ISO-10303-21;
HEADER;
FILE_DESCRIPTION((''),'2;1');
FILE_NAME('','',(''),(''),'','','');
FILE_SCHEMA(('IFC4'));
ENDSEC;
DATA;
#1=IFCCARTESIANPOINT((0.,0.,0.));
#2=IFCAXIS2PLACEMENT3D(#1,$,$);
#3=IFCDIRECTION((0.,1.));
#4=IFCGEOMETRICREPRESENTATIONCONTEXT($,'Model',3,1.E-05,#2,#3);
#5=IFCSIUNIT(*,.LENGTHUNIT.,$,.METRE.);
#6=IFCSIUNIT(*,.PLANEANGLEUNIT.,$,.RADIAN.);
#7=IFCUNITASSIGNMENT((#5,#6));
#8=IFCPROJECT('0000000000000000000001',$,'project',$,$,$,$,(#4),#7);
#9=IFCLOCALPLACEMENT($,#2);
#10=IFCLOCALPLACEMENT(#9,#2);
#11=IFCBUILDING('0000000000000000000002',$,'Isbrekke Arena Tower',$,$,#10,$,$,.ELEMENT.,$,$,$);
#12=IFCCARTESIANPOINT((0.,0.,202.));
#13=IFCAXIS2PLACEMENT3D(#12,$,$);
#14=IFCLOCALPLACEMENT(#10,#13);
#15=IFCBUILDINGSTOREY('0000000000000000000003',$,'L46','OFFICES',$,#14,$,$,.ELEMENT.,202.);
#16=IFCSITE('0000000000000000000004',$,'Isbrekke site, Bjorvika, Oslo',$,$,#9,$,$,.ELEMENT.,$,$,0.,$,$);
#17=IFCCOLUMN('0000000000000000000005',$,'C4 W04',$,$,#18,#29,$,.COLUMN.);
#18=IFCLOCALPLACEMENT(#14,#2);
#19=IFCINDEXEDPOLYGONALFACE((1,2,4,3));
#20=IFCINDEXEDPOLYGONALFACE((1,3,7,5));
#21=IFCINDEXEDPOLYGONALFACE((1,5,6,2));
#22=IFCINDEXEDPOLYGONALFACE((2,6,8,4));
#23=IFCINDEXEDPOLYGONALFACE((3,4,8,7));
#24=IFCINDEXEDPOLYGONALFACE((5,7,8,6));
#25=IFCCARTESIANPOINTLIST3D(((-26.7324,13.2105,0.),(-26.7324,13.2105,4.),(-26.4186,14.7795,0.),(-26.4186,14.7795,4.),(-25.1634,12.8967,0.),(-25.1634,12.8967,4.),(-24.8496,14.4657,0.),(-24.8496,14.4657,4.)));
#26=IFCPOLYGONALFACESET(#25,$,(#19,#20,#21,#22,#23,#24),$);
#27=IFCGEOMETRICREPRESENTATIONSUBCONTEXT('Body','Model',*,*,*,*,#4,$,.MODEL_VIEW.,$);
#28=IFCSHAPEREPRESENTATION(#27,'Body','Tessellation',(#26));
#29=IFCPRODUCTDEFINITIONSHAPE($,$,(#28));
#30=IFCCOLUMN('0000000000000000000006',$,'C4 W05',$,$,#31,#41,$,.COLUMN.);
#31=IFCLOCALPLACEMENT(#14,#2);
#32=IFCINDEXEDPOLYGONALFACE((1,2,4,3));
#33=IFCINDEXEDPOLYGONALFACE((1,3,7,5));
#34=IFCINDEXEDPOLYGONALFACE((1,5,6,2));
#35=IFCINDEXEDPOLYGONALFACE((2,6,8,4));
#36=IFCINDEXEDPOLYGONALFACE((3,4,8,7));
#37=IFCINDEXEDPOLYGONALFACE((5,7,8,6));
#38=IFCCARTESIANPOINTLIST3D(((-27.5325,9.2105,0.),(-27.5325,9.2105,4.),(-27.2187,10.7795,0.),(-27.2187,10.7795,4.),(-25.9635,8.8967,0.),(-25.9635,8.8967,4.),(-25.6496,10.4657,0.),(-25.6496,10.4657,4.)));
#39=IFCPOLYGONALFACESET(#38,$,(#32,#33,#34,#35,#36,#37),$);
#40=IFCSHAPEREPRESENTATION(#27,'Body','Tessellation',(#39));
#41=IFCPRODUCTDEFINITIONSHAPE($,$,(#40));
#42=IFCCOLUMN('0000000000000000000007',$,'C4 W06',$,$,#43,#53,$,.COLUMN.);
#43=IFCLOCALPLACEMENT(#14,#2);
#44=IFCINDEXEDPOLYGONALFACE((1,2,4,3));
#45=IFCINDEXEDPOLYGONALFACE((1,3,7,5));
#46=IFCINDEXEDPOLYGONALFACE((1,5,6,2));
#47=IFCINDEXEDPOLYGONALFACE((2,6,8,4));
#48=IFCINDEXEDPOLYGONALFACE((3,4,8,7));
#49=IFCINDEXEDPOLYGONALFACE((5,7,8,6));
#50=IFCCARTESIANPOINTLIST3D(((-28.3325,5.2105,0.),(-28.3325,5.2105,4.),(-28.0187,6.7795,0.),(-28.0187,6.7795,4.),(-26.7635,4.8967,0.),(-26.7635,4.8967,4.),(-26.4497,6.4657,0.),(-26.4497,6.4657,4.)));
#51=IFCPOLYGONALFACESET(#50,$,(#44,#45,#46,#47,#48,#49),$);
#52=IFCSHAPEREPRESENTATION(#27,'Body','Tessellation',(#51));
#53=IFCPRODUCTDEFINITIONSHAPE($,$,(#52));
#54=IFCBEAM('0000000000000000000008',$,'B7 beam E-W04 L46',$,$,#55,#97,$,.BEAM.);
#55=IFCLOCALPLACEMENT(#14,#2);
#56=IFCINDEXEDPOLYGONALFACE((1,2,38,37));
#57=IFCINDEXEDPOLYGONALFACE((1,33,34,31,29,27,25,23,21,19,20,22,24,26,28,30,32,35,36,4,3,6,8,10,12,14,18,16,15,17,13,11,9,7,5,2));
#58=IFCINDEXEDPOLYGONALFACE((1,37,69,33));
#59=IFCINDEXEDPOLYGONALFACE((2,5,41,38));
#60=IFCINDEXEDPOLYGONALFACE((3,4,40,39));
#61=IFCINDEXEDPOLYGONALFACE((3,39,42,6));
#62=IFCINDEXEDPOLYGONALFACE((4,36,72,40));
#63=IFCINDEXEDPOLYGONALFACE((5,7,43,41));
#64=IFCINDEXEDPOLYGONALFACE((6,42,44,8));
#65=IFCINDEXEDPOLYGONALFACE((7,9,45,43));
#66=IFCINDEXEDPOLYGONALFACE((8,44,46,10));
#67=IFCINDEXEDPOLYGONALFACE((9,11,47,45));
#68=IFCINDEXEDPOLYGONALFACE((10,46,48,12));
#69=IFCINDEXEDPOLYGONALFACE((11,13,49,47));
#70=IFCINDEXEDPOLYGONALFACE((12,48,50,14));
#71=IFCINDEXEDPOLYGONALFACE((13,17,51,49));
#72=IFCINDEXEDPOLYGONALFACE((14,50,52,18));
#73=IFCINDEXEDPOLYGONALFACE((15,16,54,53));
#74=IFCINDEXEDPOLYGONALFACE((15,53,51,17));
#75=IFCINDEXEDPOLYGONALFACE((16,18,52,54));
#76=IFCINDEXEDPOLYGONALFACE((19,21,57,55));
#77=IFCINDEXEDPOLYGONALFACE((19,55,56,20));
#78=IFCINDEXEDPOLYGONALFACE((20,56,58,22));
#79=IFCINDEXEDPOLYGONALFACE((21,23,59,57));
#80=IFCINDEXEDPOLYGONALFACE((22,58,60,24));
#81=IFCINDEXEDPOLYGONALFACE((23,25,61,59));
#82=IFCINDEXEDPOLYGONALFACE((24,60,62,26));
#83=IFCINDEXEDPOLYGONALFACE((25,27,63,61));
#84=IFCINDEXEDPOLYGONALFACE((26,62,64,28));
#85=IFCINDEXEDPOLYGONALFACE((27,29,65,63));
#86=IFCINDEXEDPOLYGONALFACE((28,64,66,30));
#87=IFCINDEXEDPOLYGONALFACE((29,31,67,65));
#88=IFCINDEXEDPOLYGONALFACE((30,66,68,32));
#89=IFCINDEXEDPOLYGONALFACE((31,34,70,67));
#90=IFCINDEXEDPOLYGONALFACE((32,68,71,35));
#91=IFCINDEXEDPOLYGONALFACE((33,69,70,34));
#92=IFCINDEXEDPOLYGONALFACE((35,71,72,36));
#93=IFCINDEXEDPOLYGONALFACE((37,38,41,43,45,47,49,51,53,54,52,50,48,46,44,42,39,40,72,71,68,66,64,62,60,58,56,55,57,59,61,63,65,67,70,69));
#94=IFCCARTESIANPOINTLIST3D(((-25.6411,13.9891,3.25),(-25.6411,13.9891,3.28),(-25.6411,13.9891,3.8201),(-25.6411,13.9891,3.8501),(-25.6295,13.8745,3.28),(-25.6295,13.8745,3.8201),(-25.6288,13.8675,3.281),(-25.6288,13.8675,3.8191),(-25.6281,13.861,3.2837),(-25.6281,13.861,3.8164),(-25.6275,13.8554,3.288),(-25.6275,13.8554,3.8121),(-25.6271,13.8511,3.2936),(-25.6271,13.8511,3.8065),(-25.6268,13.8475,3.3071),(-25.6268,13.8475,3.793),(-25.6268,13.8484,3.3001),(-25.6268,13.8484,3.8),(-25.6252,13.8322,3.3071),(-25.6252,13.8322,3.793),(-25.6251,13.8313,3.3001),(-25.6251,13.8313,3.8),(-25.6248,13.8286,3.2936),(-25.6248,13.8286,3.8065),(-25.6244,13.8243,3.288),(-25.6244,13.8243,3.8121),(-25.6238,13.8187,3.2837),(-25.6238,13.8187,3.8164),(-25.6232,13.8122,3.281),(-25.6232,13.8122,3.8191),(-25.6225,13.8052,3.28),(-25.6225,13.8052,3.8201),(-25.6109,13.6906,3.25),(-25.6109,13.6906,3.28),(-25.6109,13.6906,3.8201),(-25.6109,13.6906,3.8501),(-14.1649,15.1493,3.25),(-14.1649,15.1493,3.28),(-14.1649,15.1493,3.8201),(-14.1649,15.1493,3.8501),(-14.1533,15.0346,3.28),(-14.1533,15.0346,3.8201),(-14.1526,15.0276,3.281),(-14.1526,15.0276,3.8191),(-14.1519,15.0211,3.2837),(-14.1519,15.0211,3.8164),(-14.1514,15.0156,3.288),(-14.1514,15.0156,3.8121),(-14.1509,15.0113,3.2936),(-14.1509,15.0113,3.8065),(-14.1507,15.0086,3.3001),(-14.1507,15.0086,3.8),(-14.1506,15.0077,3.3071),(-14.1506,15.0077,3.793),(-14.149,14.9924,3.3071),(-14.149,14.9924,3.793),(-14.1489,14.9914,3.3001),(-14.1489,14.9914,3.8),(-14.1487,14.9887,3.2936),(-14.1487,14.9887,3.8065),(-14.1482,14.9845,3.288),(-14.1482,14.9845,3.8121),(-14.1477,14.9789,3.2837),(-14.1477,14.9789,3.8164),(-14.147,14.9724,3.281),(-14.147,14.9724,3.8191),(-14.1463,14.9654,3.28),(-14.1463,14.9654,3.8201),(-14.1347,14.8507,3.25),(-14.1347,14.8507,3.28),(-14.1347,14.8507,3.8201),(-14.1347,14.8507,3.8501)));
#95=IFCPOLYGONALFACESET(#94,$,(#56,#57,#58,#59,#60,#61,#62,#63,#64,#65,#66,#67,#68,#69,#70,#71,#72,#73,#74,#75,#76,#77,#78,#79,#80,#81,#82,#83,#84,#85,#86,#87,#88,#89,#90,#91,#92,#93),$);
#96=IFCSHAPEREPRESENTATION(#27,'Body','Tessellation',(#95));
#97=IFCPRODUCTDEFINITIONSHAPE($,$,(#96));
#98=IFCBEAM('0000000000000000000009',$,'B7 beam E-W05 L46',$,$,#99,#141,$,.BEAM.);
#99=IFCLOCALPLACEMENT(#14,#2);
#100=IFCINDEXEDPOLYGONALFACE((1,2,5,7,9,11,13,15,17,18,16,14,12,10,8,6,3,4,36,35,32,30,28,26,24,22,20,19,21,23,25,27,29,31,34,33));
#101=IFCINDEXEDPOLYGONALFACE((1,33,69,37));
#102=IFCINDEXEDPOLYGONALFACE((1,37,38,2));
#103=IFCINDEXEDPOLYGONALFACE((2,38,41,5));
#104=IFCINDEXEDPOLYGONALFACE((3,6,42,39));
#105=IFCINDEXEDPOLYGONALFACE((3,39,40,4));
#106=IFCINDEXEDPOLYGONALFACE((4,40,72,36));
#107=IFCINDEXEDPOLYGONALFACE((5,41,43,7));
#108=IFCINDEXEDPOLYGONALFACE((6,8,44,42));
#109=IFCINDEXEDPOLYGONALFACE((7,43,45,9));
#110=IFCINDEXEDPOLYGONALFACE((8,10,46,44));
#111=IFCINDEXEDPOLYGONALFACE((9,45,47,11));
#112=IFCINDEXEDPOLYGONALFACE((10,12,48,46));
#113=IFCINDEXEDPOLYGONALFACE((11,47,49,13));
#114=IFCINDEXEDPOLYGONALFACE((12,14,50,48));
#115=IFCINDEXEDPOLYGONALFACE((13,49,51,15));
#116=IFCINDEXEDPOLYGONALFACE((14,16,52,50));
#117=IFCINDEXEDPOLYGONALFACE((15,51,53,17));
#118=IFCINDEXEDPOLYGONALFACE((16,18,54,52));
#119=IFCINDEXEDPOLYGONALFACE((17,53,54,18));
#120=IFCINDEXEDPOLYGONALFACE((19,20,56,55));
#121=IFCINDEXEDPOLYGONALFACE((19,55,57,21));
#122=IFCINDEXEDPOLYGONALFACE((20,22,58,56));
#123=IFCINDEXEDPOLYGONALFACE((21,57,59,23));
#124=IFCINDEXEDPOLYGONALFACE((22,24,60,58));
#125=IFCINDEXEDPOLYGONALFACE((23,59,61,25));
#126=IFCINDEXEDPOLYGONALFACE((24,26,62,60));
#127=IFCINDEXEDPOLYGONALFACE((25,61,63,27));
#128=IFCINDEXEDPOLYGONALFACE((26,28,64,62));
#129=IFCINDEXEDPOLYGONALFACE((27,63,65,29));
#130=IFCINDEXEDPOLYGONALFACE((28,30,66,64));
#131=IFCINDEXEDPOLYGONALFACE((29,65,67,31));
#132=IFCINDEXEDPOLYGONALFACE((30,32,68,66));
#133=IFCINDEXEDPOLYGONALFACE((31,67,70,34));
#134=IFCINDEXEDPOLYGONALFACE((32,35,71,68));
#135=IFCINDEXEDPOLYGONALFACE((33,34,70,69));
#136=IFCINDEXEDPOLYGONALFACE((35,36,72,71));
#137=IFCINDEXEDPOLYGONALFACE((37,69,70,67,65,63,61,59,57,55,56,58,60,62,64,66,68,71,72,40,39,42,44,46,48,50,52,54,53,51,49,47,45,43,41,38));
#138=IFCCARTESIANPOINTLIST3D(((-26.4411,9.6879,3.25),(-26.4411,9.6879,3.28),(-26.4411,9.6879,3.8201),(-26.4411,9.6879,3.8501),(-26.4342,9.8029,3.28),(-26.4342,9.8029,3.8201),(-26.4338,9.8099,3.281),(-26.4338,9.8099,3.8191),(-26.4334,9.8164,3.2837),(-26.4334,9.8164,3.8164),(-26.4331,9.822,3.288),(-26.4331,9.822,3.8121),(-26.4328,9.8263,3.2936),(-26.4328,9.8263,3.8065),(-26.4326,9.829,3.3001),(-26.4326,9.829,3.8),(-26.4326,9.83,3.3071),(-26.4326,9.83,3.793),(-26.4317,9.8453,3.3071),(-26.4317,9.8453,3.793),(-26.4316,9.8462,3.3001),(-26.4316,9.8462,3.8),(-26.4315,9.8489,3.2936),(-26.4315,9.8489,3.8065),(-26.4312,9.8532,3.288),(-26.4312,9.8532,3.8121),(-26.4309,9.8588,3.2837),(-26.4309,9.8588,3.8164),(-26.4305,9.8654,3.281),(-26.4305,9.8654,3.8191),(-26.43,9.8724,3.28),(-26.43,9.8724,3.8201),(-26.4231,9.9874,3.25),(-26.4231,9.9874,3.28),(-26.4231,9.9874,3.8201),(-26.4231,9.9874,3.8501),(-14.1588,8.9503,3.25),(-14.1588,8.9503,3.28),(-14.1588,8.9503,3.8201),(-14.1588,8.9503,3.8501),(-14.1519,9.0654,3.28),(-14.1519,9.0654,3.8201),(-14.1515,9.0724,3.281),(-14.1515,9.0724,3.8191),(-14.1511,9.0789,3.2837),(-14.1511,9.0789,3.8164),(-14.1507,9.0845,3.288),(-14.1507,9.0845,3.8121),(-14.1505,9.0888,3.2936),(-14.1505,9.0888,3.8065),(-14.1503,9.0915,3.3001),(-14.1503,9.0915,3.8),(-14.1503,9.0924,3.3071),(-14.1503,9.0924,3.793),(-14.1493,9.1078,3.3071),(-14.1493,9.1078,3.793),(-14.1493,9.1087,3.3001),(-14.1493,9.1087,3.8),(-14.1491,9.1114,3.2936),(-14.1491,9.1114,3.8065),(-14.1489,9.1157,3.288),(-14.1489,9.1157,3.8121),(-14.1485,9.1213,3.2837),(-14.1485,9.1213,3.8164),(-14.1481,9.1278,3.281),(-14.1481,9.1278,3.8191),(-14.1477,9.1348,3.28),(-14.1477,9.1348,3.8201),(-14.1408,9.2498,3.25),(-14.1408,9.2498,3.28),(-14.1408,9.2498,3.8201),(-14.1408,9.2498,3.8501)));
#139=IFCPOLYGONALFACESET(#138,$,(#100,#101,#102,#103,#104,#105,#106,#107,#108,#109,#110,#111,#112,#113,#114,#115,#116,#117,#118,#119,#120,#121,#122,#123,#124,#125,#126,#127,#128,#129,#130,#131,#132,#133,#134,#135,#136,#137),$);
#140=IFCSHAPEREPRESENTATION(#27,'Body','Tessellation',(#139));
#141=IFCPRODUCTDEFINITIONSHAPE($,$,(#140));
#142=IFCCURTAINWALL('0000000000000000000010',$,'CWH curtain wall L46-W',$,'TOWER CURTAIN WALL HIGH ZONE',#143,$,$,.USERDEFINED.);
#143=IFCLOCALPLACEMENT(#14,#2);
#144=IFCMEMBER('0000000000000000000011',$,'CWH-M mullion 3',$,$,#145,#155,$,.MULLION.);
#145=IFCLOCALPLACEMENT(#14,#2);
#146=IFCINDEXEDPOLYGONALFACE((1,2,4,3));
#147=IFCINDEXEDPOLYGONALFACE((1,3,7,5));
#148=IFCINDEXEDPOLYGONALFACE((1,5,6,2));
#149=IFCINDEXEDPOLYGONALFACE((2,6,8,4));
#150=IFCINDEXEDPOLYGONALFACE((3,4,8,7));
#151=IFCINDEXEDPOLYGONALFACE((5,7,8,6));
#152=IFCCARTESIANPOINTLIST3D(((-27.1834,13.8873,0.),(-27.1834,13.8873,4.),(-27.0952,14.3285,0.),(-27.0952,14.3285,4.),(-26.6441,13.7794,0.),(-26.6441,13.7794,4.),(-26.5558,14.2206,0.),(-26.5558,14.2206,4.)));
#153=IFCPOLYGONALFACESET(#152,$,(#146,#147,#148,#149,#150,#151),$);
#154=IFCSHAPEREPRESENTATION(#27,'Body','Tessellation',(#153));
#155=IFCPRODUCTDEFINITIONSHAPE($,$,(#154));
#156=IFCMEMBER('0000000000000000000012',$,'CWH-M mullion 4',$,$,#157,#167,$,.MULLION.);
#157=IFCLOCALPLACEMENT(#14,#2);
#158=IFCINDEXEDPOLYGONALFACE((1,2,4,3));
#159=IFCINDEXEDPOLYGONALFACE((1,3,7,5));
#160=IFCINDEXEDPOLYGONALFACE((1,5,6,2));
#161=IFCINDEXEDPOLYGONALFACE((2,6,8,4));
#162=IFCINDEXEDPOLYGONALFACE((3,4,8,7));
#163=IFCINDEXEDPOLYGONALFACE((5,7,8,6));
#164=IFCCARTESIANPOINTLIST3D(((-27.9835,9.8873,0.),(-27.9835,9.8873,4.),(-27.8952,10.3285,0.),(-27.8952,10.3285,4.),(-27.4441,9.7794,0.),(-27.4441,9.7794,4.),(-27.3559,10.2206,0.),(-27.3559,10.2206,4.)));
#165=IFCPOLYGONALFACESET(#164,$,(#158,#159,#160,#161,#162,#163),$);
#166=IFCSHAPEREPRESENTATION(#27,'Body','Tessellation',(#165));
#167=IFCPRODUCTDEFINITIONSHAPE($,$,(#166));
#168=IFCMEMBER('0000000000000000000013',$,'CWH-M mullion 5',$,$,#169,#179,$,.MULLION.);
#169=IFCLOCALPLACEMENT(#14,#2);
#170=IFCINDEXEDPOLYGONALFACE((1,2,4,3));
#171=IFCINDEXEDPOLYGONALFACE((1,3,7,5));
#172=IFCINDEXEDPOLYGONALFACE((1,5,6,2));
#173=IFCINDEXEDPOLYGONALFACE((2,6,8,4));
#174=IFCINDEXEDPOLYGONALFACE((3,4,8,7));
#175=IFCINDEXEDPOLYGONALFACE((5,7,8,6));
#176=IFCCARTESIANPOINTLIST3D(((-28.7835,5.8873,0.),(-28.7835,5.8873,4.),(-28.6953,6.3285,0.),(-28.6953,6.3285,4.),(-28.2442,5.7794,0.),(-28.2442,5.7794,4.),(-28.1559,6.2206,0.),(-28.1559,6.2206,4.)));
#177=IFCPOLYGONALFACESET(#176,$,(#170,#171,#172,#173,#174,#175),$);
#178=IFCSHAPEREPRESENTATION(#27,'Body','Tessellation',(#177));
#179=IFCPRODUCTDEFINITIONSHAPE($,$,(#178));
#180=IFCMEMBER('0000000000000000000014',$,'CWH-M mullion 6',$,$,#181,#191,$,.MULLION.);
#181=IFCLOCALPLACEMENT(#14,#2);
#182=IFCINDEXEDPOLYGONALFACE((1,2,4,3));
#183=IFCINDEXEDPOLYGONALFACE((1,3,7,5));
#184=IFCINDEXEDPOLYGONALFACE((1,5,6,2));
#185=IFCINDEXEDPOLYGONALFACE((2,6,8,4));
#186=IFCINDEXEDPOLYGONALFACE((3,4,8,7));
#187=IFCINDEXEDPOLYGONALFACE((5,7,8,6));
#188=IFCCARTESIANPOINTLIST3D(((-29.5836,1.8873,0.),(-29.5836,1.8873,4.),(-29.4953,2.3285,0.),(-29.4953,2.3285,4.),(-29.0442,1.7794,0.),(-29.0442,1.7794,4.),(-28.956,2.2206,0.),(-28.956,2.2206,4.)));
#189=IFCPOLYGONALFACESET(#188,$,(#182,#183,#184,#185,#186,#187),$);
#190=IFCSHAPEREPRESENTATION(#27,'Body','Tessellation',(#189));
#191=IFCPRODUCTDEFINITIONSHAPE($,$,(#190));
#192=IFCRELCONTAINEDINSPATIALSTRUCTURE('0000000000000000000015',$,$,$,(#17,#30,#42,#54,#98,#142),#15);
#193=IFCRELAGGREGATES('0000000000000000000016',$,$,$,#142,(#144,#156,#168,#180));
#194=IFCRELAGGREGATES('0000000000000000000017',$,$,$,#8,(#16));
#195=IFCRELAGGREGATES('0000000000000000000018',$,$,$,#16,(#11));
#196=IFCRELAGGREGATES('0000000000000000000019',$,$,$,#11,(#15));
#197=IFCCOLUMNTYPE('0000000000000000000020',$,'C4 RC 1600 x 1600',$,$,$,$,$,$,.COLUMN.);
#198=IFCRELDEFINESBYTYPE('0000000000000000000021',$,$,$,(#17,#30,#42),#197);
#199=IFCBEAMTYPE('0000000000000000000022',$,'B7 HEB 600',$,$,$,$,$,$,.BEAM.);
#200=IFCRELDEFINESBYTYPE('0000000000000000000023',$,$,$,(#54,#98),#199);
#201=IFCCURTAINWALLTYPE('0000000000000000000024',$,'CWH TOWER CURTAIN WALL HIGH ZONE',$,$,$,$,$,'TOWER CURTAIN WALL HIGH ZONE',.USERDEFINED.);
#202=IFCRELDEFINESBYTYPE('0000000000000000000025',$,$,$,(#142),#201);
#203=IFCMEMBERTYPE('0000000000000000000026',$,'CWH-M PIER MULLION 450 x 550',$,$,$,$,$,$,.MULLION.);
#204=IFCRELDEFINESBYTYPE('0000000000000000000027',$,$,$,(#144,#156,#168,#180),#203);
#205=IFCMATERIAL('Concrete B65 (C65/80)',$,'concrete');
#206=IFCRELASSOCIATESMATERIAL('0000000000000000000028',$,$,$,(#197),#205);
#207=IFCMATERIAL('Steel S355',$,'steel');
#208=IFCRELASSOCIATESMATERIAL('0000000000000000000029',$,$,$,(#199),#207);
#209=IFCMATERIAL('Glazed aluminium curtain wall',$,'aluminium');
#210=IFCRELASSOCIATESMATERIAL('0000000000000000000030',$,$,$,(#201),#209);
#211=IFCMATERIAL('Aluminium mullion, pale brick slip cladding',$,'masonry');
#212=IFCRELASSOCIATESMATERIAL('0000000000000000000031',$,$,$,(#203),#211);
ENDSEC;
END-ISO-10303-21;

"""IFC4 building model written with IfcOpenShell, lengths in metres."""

from ifc_helpers import new_model, si_unit, direction, frame, origin, origin_2d, place, context, subcontext, project, spatial, rectangle, i_section, extrude, material, material_profile, profile_set, type_object, element, aggregate, save


model = new_model("IFC4")

# Units and contexts
model_context = context("Model", 3, precision=1e-05, world=origin(), true_north=direction((0.0, 1.0)))
body_context = subcontext(model_context, "Body", "Model", "MODEL_VIEW")
ifc_project = project(units=[si_unit("LENGTHUNIT", "METRE"), si_unit("PLANEANGLEUNIT", "RADIAN")], contexts=[model_context])

# Site, building, storey
site_placement = place(None, origin())
site = spatial("IfcSite", under=ifc_project, at=site_placement, Name="Isbrekke site, Bjorvika, Oslo", CompositionType="ELEMENT", RefElevation=0.0)
building_placement = place(site_placement, origin())
building = spatial("IfcBuilding", under=site, at=building_placement, Name="Isbrekke Arena Tower", CompositionType="ELEMENT")
storey_placement = place(building_placement, frame((0.0, 0.0, 202.0)))
storey = spatial("IfcBuildingStorey", under=building, at=storey_placement, Name="L46", Description="OFFICES", CompositionType="ELEMENT", Elevation=202.0)

# Columns
ifc_material_1 = material(Name="Concrete B65 (C65/80)", Category="concrete")
ifc_material_profile_1 = material_profile(ifc_material_1, rectangle(XDim=1.6001, YDim=1.6001, at=origin_2d()), Name="RC 1600x1600")
ifc_profile_set_1 = profile_set([ifc_material_profile_1], Name="Concrete B65 (C65/80)")
column_type = type_object("IfcColumnType", Name="C4 RC 1600 x 1600", PredefinedType="COLUMN", material=ifc_profile_set_1)
for number, where, z_axis, x_axis, name in (
    (1, (-25.791, 13.8381, 0.0), (0.0, 0.0, 1.0), (-0.196116, -0.980581, 0.0), "C4 W04"),
    (2, (-26.5911, 9.8381, 0.0), (0.0, 0.0, 1.0), (-0.196116, -0.980581, 0.0), "C4 W05"),
    (3, (-27.3911, 5.8381, 0.0), (0.0, 0.0, 1.0), (-0.196116, -0.980581, 0.0), "C4 W06"),
):
    element("IfcColumn", number, at=place(storey_placement, frame(where, z_axis=z_axis, x_axis=x_axis)), inside=storey, type_object=column_type, Name=name, PredefinedType="COLUMN", context=body_context, shape_type="SweptSolid", body=[
        extrude(rectangle(XDim=1.6001, YDim=1.6001, at=origin_2d()), origin(), (0.0, 0.0, 1.0), 4.0),
    ])

# Beams
ifc_material_2 = material(Name="Steel S355", Category="steel")
ifc_material_profile_2 = material_profile(ifc_material_2, i_section(OverallWidth=0.3, OverallDepth=0.6001, WebThickness=0.0154, FlangeThickness=0.03, FilletRadius=0.0271, at=origin_2d()), Name="HEB 600")
ifc_profile_set_2 = profile_set([ifc_material_profile_2], Name="Steel S355")
beam_type_1 = type_object("IfcBeamType", Name="B7 HEB 600", PredefinedType="BEAM", material=ifc_profile_set_2)
beam_1_placement = place(storey_placement, frame((-25.626, 13.8398, 3.55), z_axis=(0.994929, 0.100581, 0.0), x_axis=(-0.100581, 0.994929, 0.0)))
element("IfcBeam", 4, at=beam_1_placement, inside=storey, type_object=beam_type_1, Name="B7 beam E-W04 L46", PredefinedType="BEAM", context=body_context, shape_type="SweptSolid", body=[
    extrude(i_section(OverallWidth=0.3, OverallDepth=0.6001, WebThickness=0.0154, FlangeThickness=0.03, FilletRadius=0.0271, at=origin_2d()), origin(), (0.0, 0.0, 1.0), 11.5347),
])
beam_2_placement = place(storey_placement, frame((-26.4321, 9.8376, 3.55), z_axis=(0.998202, -0.059942, 0.0), x_axis=(0.059942, 0.998202, 0.0)))
element("IfcBeam", 5, at=beam_2_placement, inside=storey, type_object=beam_type_1, Name="B7 beam E-W05 L46", PredefinedType="BEAM", context=body_context, shape_type="SweptSolid", body=[
    extrude(i_section(OverallWidth=0.3, OverallDepth=0.6001, WebThickness=0.0154, FlangeThickness=0.03, FilletRadius=0.0271, at=origin_2d()), origin(), (0.0, 0.0, 1.0), 12.3044),
])

# Curtain wall, members
ifc_material_3 = material(Name="Glazed aluminium curtain wall", Category="aluminium")
curtain_wall_type = type_object("IfcCurtainWallType", Name="CWH TOWER CURTAIN WALL HIGH ZONE", ElementType="TOWER CURTAIN WALL HIGH ZONE", PredefinedType="USERDEFINED", material=ifc_material_3)
curtain_wall_placement = place(storey_placement, origin())
curtain_wall = element("IfcCurtainWall", 6, at=curtain_wall_placement, inside=storey, type_object=curtain_wall_type, Name="CWH curtain wall L46-W", ObjectType="TOWER CURTAIN WALL HIGH ZONE", PredefinedType="USERDEFINED")
ifc_material_4 = material(Name="Aluminium mullion, pale brick slip cladding", Category="masonry")
ifc_material_profile_3 = material_profile(ifc_material_4, rectangle(XDim=0.45, YDim=0.55, at=origin_2d()), Name="PIER 450X550")
ifc_profile_set_3 = profile_set([ifc_material_profile_3], Name="Aluminium mullion, pale brick slip cladding")
member_type_1 = type_object("IfcMemberType", Name="CWH-M PIER MULLION 450 x 550", PredefinedType="MULLION", material=ifc_profile_set_3)
member_1_placement = place(storey_placement, frame((-26.8696, 14.054, 0.0), z_axis=(0.0, 0.0, 1.0), x_axis=(-0.196116, -0.980581, 0.0)))
member_1 = element("IfcMember", 7, at=member_1_placement, type_object=member_type_1, Name="CWH-M mullion 3", PredefinedType="MULLION", context=body_context, shape_type="SweptSolid", body=[
    extrude(rectangle(XDim=0.45, YDim=0.55, at=origin_2d()), origin(), (0.0, 0.0, 1.0), 4.0),
])
member_2_placement = place(storey_placement, frame((-27.6697, 10.054, 0.0), z_axis=(0.0, 0.0, 1.0), x_axis=(-0.196116, -0.980581, 0.0)))
member_2 = element("IfcMember", 8, at=member_2_placement, type_object=member_type_1, Name="CWH-M mullion 4", PredefinedType="MULLION", context=body_context, shape_type="SweptSolid", body=[
    extrude(rectangle(XDim=0.45, YDim=0.55, at=origin_2d()), origin(), (0.0, 0.0, 1.0), 4.0),
])
member_3_placement = place(storey_placement, frame((-28.4697, 6.054, 0.0), z_axis=(0.0, 0.0, 1.0), x_axis=(-0.196116, -0.980581, 0.0)))
member_3 = element("IfcMember", 9, at=member_3_placement, type_object=member_type_1, Name="CWH-M mullion 5", PredefinedType="MULLION", context=body_context, shape_type="SweptSolid", body=[
    extrude(rectangle(XDim=0.45, YDim=0.55, at=origin_2d()), origin(), (0.0, 0.0, 1.0), 4.0),
])
member_4_placement = place(storey_placement, frame((-29.2698, 2.054, 0.0), z_axis=(0.0, 0.0, 1.0), x_axis=(-0.196116, -0.980581, 0.0)))
member_4 = element("IfcMember", 10, at=member_4_placement, type_object=member_type_1, Name="CWH-M mullion 6", PredefinedType="MULLION", context=body_context, shape_type="SweptSolid", body=[
    extrude(rectangle(XDim=0.45, YDim=0.55, at=origin_2d()), origin(), (0.0, 0.0, 1.0), 4.0),
])

aggregate(curtain_wall, [member_1, member_2, member_3, member_4])

save(model, "model.ifc")
